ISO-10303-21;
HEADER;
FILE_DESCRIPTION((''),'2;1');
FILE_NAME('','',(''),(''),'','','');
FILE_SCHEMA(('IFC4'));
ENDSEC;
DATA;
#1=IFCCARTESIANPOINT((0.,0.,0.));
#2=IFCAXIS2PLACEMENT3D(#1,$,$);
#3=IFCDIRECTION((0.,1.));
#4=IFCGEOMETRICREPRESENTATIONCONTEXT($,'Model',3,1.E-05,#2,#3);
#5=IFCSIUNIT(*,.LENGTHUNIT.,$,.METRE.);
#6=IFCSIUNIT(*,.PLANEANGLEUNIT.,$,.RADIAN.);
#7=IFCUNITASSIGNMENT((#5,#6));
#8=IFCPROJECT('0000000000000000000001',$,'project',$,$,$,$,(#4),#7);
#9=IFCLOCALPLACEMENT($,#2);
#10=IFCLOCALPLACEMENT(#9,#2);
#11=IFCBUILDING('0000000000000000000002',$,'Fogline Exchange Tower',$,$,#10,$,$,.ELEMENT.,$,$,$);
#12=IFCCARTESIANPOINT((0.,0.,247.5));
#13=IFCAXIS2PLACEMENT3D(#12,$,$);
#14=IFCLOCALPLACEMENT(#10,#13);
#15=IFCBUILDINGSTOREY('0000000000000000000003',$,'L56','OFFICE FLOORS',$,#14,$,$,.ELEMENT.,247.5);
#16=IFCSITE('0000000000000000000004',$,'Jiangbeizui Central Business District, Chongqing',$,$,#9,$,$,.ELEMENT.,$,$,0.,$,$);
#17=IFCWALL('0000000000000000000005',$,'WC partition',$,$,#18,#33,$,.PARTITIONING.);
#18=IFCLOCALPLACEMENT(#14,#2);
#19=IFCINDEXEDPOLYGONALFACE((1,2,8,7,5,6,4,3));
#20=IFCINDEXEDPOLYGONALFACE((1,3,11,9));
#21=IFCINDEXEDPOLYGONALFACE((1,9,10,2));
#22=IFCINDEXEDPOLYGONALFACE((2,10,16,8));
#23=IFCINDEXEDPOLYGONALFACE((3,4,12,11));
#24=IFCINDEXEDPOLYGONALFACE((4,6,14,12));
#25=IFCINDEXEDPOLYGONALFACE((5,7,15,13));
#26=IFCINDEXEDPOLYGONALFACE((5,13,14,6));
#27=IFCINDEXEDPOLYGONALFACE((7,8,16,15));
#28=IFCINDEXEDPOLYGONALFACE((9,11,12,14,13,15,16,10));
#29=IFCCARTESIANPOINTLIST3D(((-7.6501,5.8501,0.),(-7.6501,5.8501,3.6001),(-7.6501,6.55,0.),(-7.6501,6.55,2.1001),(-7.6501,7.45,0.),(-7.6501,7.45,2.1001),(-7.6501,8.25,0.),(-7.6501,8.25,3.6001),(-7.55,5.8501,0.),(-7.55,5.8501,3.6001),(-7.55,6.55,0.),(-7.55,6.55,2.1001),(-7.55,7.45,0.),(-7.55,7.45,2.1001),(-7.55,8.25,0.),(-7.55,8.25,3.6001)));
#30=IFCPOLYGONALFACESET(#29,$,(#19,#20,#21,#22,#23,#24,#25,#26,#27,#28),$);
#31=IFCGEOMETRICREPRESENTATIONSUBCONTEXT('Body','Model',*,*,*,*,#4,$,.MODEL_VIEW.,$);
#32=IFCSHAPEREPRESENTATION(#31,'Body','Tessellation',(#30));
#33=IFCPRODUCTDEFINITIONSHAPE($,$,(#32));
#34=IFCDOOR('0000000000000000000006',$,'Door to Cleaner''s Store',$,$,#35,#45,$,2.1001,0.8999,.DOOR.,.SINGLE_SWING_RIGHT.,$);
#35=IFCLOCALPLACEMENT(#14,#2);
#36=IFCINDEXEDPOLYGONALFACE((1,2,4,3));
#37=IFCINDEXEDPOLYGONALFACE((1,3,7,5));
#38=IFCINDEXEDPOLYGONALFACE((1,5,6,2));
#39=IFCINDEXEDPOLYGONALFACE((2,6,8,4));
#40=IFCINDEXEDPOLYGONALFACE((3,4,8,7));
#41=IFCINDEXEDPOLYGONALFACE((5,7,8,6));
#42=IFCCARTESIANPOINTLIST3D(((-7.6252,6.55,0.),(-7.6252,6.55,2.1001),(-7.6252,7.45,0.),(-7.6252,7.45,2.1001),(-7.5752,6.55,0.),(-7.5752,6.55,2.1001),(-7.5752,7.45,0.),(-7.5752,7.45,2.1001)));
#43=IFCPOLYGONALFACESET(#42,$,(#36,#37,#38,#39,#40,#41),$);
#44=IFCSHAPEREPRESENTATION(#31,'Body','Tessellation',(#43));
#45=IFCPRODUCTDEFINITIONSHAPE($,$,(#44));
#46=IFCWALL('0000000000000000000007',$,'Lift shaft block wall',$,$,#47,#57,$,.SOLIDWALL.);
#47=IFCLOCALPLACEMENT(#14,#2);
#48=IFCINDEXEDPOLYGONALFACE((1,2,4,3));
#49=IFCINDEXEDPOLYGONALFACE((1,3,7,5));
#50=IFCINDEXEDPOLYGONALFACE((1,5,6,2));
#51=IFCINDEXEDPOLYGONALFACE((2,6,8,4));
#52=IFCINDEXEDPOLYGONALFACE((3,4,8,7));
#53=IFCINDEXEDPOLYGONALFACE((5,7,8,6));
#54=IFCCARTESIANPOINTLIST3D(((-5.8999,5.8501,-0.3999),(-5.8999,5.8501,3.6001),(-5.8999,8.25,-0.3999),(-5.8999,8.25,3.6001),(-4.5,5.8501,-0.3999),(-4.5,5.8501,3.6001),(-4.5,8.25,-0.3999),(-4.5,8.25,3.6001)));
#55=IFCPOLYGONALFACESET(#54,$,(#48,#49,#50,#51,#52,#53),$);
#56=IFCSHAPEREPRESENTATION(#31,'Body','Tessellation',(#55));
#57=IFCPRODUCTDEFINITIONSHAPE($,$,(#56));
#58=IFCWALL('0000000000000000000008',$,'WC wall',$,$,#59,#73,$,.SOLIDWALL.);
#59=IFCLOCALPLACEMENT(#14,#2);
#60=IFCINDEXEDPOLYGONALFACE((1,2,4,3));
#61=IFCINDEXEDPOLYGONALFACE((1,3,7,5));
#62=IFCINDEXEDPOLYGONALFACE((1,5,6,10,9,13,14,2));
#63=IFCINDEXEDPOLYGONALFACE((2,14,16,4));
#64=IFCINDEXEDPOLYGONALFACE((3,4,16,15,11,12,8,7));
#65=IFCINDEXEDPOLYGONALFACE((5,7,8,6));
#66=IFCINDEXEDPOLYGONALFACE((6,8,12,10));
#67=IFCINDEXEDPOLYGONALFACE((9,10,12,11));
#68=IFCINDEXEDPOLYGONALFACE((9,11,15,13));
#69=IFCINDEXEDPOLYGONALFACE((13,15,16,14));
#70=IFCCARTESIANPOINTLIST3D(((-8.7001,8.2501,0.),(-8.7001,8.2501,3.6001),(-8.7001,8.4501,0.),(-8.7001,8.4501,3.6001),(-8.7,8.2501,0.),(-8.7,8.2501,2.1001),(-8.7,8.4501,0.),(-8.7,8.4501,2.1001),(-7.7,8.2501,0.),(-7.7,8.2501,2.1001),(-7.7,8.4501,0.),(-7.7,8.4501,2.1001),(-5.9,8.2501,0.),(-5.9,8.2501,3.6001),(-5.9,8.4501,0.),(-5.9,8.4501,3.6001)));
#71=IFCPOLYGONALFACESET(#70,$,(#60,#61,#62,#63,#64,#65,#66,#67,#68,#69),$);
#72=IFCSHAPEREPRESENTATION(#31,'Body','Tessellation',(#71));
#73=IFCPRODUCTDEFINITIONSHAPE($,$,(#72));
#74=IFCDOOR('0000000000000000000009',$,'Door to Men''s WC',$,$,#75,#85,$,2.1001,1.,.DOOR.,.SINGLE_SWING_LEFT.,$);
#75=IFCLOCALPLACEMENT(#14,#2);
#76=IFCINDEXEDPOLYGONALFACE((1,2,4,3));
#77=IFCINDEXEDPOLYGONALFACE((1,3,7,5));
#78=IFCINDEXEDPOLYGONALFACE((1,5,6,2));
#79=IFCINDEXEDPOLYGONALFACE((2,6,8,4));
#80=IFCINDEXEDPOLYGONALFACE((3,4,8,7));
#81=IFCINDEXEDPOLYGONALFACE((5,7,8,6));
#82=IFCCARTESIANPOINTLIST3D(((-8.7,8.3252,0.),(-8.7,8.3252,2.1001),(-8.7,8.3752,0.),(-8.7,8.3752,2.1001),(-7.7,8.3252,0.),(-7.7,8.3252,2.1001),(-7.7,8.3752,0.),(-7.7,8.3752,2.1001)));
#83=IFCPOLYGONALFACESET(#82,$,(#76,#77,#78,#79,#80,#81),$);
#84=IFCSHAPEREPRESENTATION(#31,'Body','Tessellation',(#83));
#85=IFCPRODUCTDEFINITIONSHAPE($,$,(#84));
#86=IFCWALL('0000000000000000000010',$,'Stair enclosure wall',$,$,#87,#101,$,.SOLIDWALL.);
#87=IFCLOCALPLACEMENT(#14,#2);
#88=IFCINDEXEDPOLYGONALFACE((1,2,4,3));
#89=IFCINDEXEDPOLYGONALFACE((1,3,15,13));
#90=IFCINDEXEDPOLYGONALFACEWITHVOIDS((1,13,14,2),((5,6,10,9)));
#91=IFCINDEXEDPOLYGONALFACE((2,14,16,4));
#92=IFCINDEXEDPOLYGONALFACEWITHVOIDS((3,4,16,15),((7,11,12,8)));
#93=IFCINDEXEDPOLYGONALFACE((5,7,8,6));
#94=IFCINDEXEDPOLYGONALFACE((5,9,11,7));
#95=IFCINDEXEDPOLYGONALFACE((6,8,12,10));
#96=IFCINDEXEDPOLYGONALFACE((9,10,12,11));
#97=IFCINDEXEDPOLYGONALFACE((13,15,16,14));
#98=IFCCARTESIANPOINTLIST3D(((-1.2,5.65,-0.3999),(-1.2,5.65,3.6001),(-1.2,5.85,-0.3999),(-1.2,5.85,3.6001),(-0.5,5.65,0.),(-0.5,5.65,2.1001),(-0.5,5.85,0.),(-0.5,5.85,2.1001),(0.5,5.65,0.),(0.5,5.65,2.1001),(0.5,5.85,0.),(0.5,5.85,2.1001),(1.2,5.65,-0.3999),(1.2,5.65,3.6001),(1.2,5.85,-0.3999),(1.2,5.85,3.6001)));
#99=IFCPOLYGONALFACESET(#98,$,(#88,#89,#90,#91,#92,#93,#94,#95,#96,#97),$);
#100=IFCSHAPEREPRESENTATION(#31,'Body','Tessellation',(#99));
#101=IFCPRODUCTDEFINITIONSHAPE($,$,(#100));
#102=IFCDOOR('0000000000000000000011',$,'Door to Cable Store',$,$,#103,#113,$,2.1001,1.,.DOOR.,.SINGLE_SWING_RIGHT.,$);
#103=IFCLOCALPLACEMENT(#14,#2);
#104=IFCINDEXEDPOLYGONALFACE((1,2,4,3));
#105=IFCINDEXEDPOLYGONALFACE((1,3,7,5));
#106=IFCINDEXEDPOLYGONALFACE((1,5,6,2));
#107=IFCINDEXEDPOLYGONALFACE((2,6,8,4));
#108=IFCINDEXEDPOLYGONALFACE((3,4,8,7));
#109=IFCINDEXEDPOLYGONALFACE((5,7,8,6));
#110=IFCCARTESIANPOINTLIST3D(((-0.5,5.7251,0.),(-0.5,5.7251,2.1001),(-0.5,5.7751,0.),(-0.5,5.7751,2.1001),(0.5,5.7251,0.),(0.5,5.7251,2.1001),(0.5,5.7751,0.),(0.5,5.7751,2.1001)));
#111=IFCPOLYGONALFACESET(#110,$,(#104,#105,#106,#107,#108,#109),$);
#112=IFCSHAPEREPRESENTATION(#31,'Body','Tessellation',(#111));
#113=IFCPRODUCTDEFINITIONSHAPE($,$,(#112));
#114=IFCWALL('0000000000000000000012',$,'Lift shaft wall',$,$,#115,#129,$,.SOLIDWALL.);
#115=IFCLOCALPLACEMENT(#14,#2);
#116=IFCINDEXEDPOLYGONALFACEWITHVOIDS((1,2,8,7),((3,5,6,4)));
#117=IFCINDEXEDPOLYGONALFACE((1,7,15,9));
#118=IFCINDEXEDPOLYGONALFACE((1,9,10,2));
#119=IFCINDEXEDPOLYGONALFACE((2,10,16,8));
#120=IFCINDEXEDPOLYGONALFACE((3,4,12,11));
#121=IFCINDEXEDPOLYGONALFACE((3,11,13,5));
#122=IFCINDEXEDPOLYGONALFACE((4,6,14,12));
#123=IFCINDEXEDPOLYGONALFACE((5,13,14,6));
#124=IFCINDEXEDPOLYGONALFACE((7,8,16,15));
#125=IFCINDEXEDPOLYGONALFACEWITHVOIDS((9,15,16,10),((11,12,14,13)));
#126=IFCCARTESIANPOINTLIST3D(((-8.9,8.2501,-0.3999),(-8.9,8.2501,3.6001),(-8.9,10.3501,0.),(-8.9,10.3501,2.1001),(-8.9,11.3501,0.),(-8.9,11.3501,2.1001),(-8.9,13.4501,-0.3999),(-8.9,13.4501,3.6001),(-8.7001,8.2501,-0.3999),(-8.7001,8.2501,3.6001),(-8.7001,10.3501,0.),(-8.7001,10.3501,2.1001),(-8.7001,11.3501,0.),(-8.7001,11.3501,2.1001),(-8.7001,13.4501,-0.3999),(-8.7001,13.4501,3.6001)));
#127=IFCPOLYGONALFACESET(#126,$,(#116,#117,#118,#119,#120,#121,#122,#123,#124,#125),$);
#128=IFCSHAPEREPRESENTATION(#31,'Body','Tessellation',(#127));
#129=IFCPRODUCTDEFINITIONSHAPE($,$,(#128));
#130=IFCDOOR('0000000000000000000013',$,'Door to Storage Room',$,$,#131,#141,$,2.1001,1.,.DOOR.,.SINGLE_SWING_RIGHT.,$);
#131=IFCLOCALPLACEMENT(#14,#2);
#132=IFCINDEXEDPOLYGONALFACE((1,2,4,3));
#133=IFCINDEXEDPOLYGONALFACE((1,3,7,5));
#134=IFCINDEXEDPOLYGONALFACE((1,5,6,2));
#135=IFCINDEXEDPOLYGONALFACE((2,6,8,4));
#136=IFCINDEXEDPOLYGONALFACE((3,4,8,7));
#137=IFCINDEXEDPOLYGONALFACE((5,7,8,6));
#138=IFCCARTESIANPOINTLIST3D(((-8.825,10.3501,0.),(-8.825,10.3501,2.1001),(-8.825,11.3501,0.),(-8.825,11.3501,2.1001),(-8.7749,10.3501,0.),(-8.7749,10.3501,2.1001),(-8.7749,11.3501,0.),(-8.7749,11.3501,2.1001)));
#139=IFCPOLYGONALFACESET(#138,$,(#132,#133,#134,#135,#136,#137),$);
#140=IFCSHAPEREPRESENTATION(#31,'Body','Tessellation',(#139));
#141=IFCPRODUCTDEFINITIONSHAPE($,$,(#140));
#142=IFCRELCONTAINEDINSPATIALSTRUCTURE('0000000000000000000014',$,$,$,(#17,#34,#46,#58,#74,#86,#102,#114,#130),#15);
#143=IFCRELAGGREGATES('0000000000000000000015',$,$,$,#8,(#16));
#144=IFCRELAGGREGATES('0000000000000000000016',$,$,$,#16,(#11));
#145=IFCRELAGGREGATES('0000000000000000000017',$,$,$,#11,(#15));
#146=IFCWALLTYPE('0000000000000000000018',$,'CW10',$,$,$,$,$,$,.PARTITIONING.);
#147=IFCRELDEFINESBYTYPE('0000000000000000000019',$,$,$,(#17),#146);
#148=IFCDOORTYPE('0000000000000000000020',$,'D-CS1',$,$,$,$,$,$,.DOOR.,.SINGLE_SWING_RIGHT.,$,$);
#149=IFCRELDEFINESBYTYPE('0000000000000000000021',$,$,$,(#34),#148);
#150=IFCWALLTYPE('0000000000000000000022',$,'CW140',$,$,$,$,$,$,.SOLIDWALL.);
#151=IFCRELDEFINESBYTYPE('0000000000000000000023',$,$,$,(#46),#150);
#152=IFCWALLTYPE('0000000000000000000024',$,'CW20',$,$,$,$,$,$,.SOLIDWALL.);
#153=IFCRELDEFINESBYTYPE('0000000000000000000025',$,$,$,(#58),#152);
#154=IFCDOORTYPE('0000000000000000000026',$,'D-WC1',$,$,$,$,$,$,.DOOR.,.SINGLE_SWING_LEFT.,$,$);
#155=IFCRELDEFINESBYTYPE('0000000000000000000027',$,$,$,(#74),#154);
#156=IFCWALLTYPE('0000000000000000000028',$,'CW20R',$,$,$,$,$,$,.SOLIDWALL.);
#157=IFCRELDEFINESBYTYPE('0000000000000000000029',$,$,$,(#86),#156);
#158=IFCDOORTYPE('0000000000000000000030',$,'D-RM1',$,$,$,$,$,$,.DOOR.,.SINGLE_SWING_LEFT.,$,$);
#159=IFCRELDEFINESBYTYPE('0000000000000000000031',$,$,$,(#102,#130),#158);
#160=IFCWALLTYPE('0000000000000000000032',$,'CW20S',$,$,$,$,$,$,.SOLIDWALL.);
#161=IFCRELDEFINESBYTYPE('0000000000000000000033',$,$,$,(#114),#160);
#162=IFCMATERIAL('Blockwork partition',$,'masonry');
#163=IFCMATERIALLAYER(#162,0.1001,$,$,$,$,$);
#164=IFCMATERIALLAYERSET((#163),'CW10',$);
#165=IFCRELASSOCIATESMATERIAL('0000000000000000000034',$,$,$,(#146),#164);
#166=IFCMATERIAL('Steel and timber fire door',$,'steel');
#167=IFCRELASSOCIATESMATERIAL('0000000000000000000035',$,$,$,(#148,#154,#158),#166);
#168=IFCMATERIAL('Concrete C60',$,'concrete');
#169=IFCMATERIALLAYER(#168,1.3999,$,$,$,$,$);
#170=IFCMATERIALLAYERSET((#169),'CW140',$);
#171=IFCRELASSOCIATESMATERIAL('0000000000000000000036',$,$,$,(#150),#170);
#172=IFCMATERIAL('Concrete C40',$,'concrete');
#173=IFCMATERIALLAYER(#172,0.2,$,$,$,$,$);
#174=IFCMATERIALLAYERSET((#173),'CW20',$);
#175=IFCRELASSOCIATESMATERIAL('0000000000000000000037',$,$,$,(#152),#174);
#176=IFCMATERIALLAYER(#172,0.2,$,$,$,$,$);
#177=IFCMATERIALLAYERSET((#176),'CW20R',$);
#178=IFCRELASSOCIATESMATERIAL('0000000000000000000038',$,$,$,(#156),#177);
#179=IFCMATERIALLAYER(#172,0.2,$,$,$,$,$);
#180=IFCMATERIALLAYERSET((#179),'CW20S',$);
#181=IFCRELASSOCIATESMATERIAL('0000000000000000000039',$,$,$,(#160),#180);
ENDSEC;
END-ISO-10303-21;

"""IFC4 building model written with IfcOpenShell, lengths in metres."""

from ifc_helpers import new_model, si_unit, direction, frame, frame_2d, origin, place, context, subcontext, project, spatial, rectangle, extrude, material, layer, layer_set, type_object, element, fill, save


model = new_model("IFC4")

# Units and contexts
model_context = context("Model", 3, precision=1e-05, world=origin(), true_north=direction((0.0, 1.0)))
body_context = subcontext(model_context, "Body", "Model", "MODEL_VIEW")
ifc_project = project(units=[si_unit("LENGTHUNIT", "METRE"), si_unit("PLANEANGLEUNIT", "RADIAN")], contexts=[model_context])

# Site, building, storey
site_placement = place(None, origin())
site = spatial("IfcSite", under=ifc_project, at=site_placement, Name="Jiangbeizui Central Business District, Chongqing", CompositionType="ELEMENT", RefElevation=0.0)
building_placement = place(site_placement, origin())
building = spatial("IfcBuilding", under=site, at=building_placement, Name="Fogline Exchange Tower", CompositionType="ELEMENT")
storey_placement = place(building_placement, frame((0.0, 0.0, 247.5)))
storey = spatial("IfcBuildingStorey", under=building, at=storey_placement, Name="L56", Description="OFFICE FLOORS", CompositionType="ELEMENT", Elevation=247.5)

# Wall, opening, door
ifc_material_1 = material(Name="Blockwork partition", Category="masonry")
ifc_layer_1 = layer(ifc_material_1, 0.1001)
ifc_layer_set_1 = layer_set([ifc_layer_1], Name="CW10")
wall_type_1 = type_object("IfcWallType", Name="CW10", PredefinedType="PARTITIONING", material=ifc_layer_set_1)
wall_1_placement = place(storey_placement, frame((-7.6001, 5.8501, 0.0), z_axis=(0.0, 0.0, 1.0), x_axis=(0.0, 1.0, 0.0)))
wall_1 = element("IfcWall", 1, at=wall_1_placement, inside=storey, type_object=wall_type_1, Name="WC partition", PredefinedType="PARTITIONING", context=body_context, shape_type="SweptSolid", body=[
    extrude(rectangle(XDim=2.3999, YDim=0.1001, at=frame_2d((1.2, 0.0))), origin(), (0.0, 0.0, 1.0), 3.6001),
])
opening_1_placement = place(wall_1_placement, frame((0.7, 0.0, 0.0)))
opening_1 = element("IfcOpeningElement", 2, at=opening_1_placement, cuts=wall_1, PredefinedType="OPENING", context=body_context, shape_type="SweptSolid", body=[
    extrude(rectangle(XDim=0.8999, YDim=2.1001, at=frame_2d((0.45, 1.05))), frame((0.0, 0.0601, 0.0), z_axis=(0.0, -1.0, 0.0), x_axis=(1.0, 0.0, 0.0)), (0.0, 0.0, 1.0), 0.1201),
])
ifc_material_2 = material(Name="Steel and timber fire door", Category="steel")
door_type_1 = type_object("IfcDoorType", Name="D-CS1", OperationType="SINGLE_SWING_RIGHT", PredefinedType="DOOR", material=ifc_material_2)
door_1_placement = place(opening_1_placement, frame((0.8999, 0.0, 0.0), z_axis=(0.0, 0.0, 1.0), x_axis=(-1.0, 0.0, 0.0)))
door_1 = element("IfcDoor", 3, at=door_1_placement, inside=storey, type_object=door_type_1, Name="Door to Cleaner's Store", OperationType="SINGLE_SWING_RIGHT", OverallHeight=2.1001, OverallWidth=0.8999, PredefinedType="DOOR", context=body_context, shape_type="SweptSolid", body=[
    extrude(rectangle(XDim=0.8999, YDim=2.1001, at=frame_2d((0.45, 1.05))), frame((0.0, 0.0249, 0.0), z_axis=(0.0, -1.0, 0.0), x_axis=(1.0, 0.0, 0.0)), (0.0, 0.0, 1.0), 0.05),
])
fill(opening_1, door_1)

# Wall
ifc_material_3 = material(Name="Concrete C60", Category="concrete")
ifc_layer_2 = layer(ifc_material_3, 1.3999)
ifc_layer_set_2 = layer_set([ifc_layer_2], Name="CW140")
wall_type_2 = type_object("IfcWallType", Name="CW140", PredefinedType="SOLIDWALL", material=ifc_layer_set_2)
wall_2_placement = place(storey_placement, frame((-5.2, 5.8501, -0.3999), z_axis=(0.0, 0.0, 1.0), x_axis=(0.0, 1.0, 0.0)))
element("IfcWall", 4, at=wall_2_placement, inside=storey, type_object=wall_type_2, Name="Lift shaft block wall", PredefinedType="SOLIDWALL", context=body_context, shape_type="SweptSolid", body=[
    extrude(rectangle(XDim=2.3999, YDim=1.3999, at=frame_2d((1.2, 0.0))), origin(), (0.0, 0.0, 1.0), 4.0),
])

# Walls, openings, doors
ifc_material_4 = material(Name="Concrete C40", Category="concrete")
ifc_layer_3 = layer(ifc_material_4, 0.2)
ifc_layer_set_3 = layer_set([ifc_layer_3], Name="CW20")
wall_type_3 = type_object("IfcWallType", Name="CW20", PredefinedType="SOLIDWALL", material=ifc_layer_set_3)
wall_3_placement = place(storey_placement, frame((-8.7, 8.3501, 0.0), z_axis=(0.0, 0.0, 1.0), x_axis=(1.0, 0.0, 0.0)))
wall_3 = element("IfcWall", 5, at=wall_3_placement, inside=storey, type_object=wall_type_3, Name="WC wall", PredefinedType="SOLIDWALL", context=body_context, shape_type="SweptSolid", body=[
    extrude(rectangle(XDim=2.8, YDim=0.2, at=frame_2d((1.3999, 0.0))), origin(), (0.0, 0.0, 1.0), 3.6001),
])
opening_2_placement = place(wall_3_placement, origin())
opening_2 = element("IfcOpeningElement", 6, at=opening_2_placement, cuts=wall_3, PredefinedType="OPENING", context=body_context, shape_type="SweptSolid", body=[
    extrude(rectangle(XDim=1.0, YDim=2.1001, at=frame_2d((0.5, 1.05))), frame((0.0, 0.1099, 0.0), z_axis=(0.0, -1.0, 0.0), x_axis=(1.0, 0.0, 0.0)), (0.0, 0.0, 1.0), 0.22),
])
door_type_2 = type_object("IfcDoorType", Name="D-WC1", OperationType="SINGLE_SWING_LEFT", PredefinedType="DOOR", material=ifc_material_2)
door_2_placement = place(opening_2_placement, frame((1.0, 0.0, 0.0), z_axis=(0.0, 0.0, 1.0), x_axis=(-1.0, 0.0, 0.0)))
door_2 = element("IfcDoor", 7, at=door_2_placement, inside=storey, type_object=door_type_2, Name="Door to Men's WC", OperationType="SINGLE_SWING_LEFT", OverallHeight=2.1001, OverallWidth=1.0, PredefinedType="DOOR", context=body_context, shape_type="SweptSolid", body=[
    extrude(rectangle(XDim=1.0, YDim=2.1001, at=frame_2d((0.5, 1.05))), frame((0.0, 0.0249, 0.0), z_axis=(0.0, -1.0, 0.0), x_axis=(1.0, 0.0, 0.0)), (0.0, 0.0, 1.0), 0.05),
])
fill(opening_2, door_2)
ifc_layer_4 = layer(ifc_material_4, 0.2)
ifc_layer_set_4 = layer_set([ifc_layer_4], Name="CW20R")
wall_type_4 = type_object("IfcWallType", Name="CW20R", PredefinedType="SOLIDWALL", material=ifc_layer_set_4)
wall_4_placement = place(storey_placement, frame((-1.2, 5.75, -0.3999), z_axis=(0.0, 0.0, 1.0), x_axis=(1.0, 0.0, 0.0)))
wall_4 = element("IfcWall", 8, at=wall_4_placement, inside=storey, type_object=wall_type_4, Name="Stair enclosure wall", PredefinedType="SOLIDWALL", context=body_context, shape_type="SweptSolid", body=[
    extrude(rectangle(XDim=2.3999, YDim=0.2, at=frame_2d((1.2, 0.0))), origin(), (0.0, 0.0, 1.0), 4.0),
])
opening_3_placement = place(wall_4_placement, frame((0.7, 0.0, 0.3999)))
opening_3 = element("IfcOpeningElement", 9, at=opening_3_placement, cuts=wall_4, PredefinedType="OPENING", context=body_context, shape_type="SweptSolid", body=[
    extrude(rectangle(XDim=1.0, YDim=2.1001, at=frame_2d((0.5, 1.05))), frame((0.0, 0.1099, 0.0), z_axis=(0.0, -1.0, 0.0), x_axis=(1.0, 0.0, 0.0)), (0.0, 0.0, 1.0), 0.22),
])
door_type_3 = type_object("IfcDoorType", Name="D-RM1", OperationType="SINGLE_SWING_LEFT", PredefinedType="DOOR", material=ifc_material_2)
door_3_placement = place(opening_3_placement, frame((1.0, 0.0, 0.0), z_axis=(0.0, 0.0, 1.0), x_axis=(-1.0, 0.0, 0.0)))
door_3 = element("IfcDoor", 10, at=door_3_placement, inside=storey, type_object=door_type_3, Name="Door to Cable Store", OperationType="SINGLE_SWING_RIGHT", OverallHeight=2.1001, OverallWidth=1.0, PredefinedType="DOOR", context=body_context, shape_type="SweptSolid", body=[
    extrude(rectangle(XDim=1.0, YDim=2.1001, at=frame_2d((0.5, 1.05))), frame((0.0, 0.0249, 0.0), z_axis=(0.0, -1.0, 0.0), x_axis=(1.0, 0.0, 0.0)), (0.0, 0.0, 1.0), 0.05),
])
fill(opening_3, door_3)
ifc_layer_5 = layer(ifc_material_4, 0.2)
ifc_layer_set_5 = layer_set([ifc_layer_5], Name="CW20S")
wall_type_5 = type_object("IfcWallType", Name="CW20S", PredefinedType="SOLIDWALL", material=ifc_layer_set_5)
wall_5_placement = place(storey_placement, frame((-8.8, 8.25, -0.3999), z_axis=(0.0, 0.0, 1.0), x_axis=(0.0, 1.0, 0.0)))
wall_5 = element("IfcWall", 11, at=wall_5_placement, inside=storey, type_object=wall_type_5, Name="Lift shaft wall", PredefinedType="SOLIDWALL", context=body_context, shape_type="SweptSolid", body=[
    extrude(rectangle(XDim=5.2, YDim=0.2, at=frame_2d((2.6001, 0.0))), origin(), (0.0, 0.0, 1.0), 4.0),
])
opening_4_placement = place(wall_5_placement, frame((2.1001, 0.0, 0.3999)))
opening_4 = element("IfcOpeningElement", 12, at=opening_4_placement, cuts=wall_5, PredefinedType="OPENING", context=body_context, shape_type="SweptSolid", body=[
    extrude(rectangle(XDim=1.0, YDim=2.1001, at=frame_2d((0.5, 1.05))), frame((0.0, 0.1099, 0.0), z_axis=(0.0, -1.0, 0.0), x_axis=(1.0, 0.0, 0.0)), (0.0, 0.0, 1.0), 0.22),
])
door_4_placement = place(opening_4_placement, origin())
door_4 = element("IfcDoor", 13, at=door_4_placement, inside=storey, type_object=door_type_3, Name="Door to Storage Room", OperationType="SINGLE_SWING_RIGHT", OverallHeight=2.1001, OverallWidth=1.0, PredefinedType="DOOR", context=body_context, shape_type="SweptSolid", body=[
    extrude(rectangle(XDim=1.0, YDim=2.1001, at=frame_2d((0.5, 1.05))), frame((0.0, 0.0249, 0.0), z_axis=(0.0, -1.0, 0.0), x_axis=(1.0, 0.0, 0.0)), (0.0, 0.0, 1.0), 0.05),
])
fill(opening_4, door_4)

save(model, "model.ifc")
